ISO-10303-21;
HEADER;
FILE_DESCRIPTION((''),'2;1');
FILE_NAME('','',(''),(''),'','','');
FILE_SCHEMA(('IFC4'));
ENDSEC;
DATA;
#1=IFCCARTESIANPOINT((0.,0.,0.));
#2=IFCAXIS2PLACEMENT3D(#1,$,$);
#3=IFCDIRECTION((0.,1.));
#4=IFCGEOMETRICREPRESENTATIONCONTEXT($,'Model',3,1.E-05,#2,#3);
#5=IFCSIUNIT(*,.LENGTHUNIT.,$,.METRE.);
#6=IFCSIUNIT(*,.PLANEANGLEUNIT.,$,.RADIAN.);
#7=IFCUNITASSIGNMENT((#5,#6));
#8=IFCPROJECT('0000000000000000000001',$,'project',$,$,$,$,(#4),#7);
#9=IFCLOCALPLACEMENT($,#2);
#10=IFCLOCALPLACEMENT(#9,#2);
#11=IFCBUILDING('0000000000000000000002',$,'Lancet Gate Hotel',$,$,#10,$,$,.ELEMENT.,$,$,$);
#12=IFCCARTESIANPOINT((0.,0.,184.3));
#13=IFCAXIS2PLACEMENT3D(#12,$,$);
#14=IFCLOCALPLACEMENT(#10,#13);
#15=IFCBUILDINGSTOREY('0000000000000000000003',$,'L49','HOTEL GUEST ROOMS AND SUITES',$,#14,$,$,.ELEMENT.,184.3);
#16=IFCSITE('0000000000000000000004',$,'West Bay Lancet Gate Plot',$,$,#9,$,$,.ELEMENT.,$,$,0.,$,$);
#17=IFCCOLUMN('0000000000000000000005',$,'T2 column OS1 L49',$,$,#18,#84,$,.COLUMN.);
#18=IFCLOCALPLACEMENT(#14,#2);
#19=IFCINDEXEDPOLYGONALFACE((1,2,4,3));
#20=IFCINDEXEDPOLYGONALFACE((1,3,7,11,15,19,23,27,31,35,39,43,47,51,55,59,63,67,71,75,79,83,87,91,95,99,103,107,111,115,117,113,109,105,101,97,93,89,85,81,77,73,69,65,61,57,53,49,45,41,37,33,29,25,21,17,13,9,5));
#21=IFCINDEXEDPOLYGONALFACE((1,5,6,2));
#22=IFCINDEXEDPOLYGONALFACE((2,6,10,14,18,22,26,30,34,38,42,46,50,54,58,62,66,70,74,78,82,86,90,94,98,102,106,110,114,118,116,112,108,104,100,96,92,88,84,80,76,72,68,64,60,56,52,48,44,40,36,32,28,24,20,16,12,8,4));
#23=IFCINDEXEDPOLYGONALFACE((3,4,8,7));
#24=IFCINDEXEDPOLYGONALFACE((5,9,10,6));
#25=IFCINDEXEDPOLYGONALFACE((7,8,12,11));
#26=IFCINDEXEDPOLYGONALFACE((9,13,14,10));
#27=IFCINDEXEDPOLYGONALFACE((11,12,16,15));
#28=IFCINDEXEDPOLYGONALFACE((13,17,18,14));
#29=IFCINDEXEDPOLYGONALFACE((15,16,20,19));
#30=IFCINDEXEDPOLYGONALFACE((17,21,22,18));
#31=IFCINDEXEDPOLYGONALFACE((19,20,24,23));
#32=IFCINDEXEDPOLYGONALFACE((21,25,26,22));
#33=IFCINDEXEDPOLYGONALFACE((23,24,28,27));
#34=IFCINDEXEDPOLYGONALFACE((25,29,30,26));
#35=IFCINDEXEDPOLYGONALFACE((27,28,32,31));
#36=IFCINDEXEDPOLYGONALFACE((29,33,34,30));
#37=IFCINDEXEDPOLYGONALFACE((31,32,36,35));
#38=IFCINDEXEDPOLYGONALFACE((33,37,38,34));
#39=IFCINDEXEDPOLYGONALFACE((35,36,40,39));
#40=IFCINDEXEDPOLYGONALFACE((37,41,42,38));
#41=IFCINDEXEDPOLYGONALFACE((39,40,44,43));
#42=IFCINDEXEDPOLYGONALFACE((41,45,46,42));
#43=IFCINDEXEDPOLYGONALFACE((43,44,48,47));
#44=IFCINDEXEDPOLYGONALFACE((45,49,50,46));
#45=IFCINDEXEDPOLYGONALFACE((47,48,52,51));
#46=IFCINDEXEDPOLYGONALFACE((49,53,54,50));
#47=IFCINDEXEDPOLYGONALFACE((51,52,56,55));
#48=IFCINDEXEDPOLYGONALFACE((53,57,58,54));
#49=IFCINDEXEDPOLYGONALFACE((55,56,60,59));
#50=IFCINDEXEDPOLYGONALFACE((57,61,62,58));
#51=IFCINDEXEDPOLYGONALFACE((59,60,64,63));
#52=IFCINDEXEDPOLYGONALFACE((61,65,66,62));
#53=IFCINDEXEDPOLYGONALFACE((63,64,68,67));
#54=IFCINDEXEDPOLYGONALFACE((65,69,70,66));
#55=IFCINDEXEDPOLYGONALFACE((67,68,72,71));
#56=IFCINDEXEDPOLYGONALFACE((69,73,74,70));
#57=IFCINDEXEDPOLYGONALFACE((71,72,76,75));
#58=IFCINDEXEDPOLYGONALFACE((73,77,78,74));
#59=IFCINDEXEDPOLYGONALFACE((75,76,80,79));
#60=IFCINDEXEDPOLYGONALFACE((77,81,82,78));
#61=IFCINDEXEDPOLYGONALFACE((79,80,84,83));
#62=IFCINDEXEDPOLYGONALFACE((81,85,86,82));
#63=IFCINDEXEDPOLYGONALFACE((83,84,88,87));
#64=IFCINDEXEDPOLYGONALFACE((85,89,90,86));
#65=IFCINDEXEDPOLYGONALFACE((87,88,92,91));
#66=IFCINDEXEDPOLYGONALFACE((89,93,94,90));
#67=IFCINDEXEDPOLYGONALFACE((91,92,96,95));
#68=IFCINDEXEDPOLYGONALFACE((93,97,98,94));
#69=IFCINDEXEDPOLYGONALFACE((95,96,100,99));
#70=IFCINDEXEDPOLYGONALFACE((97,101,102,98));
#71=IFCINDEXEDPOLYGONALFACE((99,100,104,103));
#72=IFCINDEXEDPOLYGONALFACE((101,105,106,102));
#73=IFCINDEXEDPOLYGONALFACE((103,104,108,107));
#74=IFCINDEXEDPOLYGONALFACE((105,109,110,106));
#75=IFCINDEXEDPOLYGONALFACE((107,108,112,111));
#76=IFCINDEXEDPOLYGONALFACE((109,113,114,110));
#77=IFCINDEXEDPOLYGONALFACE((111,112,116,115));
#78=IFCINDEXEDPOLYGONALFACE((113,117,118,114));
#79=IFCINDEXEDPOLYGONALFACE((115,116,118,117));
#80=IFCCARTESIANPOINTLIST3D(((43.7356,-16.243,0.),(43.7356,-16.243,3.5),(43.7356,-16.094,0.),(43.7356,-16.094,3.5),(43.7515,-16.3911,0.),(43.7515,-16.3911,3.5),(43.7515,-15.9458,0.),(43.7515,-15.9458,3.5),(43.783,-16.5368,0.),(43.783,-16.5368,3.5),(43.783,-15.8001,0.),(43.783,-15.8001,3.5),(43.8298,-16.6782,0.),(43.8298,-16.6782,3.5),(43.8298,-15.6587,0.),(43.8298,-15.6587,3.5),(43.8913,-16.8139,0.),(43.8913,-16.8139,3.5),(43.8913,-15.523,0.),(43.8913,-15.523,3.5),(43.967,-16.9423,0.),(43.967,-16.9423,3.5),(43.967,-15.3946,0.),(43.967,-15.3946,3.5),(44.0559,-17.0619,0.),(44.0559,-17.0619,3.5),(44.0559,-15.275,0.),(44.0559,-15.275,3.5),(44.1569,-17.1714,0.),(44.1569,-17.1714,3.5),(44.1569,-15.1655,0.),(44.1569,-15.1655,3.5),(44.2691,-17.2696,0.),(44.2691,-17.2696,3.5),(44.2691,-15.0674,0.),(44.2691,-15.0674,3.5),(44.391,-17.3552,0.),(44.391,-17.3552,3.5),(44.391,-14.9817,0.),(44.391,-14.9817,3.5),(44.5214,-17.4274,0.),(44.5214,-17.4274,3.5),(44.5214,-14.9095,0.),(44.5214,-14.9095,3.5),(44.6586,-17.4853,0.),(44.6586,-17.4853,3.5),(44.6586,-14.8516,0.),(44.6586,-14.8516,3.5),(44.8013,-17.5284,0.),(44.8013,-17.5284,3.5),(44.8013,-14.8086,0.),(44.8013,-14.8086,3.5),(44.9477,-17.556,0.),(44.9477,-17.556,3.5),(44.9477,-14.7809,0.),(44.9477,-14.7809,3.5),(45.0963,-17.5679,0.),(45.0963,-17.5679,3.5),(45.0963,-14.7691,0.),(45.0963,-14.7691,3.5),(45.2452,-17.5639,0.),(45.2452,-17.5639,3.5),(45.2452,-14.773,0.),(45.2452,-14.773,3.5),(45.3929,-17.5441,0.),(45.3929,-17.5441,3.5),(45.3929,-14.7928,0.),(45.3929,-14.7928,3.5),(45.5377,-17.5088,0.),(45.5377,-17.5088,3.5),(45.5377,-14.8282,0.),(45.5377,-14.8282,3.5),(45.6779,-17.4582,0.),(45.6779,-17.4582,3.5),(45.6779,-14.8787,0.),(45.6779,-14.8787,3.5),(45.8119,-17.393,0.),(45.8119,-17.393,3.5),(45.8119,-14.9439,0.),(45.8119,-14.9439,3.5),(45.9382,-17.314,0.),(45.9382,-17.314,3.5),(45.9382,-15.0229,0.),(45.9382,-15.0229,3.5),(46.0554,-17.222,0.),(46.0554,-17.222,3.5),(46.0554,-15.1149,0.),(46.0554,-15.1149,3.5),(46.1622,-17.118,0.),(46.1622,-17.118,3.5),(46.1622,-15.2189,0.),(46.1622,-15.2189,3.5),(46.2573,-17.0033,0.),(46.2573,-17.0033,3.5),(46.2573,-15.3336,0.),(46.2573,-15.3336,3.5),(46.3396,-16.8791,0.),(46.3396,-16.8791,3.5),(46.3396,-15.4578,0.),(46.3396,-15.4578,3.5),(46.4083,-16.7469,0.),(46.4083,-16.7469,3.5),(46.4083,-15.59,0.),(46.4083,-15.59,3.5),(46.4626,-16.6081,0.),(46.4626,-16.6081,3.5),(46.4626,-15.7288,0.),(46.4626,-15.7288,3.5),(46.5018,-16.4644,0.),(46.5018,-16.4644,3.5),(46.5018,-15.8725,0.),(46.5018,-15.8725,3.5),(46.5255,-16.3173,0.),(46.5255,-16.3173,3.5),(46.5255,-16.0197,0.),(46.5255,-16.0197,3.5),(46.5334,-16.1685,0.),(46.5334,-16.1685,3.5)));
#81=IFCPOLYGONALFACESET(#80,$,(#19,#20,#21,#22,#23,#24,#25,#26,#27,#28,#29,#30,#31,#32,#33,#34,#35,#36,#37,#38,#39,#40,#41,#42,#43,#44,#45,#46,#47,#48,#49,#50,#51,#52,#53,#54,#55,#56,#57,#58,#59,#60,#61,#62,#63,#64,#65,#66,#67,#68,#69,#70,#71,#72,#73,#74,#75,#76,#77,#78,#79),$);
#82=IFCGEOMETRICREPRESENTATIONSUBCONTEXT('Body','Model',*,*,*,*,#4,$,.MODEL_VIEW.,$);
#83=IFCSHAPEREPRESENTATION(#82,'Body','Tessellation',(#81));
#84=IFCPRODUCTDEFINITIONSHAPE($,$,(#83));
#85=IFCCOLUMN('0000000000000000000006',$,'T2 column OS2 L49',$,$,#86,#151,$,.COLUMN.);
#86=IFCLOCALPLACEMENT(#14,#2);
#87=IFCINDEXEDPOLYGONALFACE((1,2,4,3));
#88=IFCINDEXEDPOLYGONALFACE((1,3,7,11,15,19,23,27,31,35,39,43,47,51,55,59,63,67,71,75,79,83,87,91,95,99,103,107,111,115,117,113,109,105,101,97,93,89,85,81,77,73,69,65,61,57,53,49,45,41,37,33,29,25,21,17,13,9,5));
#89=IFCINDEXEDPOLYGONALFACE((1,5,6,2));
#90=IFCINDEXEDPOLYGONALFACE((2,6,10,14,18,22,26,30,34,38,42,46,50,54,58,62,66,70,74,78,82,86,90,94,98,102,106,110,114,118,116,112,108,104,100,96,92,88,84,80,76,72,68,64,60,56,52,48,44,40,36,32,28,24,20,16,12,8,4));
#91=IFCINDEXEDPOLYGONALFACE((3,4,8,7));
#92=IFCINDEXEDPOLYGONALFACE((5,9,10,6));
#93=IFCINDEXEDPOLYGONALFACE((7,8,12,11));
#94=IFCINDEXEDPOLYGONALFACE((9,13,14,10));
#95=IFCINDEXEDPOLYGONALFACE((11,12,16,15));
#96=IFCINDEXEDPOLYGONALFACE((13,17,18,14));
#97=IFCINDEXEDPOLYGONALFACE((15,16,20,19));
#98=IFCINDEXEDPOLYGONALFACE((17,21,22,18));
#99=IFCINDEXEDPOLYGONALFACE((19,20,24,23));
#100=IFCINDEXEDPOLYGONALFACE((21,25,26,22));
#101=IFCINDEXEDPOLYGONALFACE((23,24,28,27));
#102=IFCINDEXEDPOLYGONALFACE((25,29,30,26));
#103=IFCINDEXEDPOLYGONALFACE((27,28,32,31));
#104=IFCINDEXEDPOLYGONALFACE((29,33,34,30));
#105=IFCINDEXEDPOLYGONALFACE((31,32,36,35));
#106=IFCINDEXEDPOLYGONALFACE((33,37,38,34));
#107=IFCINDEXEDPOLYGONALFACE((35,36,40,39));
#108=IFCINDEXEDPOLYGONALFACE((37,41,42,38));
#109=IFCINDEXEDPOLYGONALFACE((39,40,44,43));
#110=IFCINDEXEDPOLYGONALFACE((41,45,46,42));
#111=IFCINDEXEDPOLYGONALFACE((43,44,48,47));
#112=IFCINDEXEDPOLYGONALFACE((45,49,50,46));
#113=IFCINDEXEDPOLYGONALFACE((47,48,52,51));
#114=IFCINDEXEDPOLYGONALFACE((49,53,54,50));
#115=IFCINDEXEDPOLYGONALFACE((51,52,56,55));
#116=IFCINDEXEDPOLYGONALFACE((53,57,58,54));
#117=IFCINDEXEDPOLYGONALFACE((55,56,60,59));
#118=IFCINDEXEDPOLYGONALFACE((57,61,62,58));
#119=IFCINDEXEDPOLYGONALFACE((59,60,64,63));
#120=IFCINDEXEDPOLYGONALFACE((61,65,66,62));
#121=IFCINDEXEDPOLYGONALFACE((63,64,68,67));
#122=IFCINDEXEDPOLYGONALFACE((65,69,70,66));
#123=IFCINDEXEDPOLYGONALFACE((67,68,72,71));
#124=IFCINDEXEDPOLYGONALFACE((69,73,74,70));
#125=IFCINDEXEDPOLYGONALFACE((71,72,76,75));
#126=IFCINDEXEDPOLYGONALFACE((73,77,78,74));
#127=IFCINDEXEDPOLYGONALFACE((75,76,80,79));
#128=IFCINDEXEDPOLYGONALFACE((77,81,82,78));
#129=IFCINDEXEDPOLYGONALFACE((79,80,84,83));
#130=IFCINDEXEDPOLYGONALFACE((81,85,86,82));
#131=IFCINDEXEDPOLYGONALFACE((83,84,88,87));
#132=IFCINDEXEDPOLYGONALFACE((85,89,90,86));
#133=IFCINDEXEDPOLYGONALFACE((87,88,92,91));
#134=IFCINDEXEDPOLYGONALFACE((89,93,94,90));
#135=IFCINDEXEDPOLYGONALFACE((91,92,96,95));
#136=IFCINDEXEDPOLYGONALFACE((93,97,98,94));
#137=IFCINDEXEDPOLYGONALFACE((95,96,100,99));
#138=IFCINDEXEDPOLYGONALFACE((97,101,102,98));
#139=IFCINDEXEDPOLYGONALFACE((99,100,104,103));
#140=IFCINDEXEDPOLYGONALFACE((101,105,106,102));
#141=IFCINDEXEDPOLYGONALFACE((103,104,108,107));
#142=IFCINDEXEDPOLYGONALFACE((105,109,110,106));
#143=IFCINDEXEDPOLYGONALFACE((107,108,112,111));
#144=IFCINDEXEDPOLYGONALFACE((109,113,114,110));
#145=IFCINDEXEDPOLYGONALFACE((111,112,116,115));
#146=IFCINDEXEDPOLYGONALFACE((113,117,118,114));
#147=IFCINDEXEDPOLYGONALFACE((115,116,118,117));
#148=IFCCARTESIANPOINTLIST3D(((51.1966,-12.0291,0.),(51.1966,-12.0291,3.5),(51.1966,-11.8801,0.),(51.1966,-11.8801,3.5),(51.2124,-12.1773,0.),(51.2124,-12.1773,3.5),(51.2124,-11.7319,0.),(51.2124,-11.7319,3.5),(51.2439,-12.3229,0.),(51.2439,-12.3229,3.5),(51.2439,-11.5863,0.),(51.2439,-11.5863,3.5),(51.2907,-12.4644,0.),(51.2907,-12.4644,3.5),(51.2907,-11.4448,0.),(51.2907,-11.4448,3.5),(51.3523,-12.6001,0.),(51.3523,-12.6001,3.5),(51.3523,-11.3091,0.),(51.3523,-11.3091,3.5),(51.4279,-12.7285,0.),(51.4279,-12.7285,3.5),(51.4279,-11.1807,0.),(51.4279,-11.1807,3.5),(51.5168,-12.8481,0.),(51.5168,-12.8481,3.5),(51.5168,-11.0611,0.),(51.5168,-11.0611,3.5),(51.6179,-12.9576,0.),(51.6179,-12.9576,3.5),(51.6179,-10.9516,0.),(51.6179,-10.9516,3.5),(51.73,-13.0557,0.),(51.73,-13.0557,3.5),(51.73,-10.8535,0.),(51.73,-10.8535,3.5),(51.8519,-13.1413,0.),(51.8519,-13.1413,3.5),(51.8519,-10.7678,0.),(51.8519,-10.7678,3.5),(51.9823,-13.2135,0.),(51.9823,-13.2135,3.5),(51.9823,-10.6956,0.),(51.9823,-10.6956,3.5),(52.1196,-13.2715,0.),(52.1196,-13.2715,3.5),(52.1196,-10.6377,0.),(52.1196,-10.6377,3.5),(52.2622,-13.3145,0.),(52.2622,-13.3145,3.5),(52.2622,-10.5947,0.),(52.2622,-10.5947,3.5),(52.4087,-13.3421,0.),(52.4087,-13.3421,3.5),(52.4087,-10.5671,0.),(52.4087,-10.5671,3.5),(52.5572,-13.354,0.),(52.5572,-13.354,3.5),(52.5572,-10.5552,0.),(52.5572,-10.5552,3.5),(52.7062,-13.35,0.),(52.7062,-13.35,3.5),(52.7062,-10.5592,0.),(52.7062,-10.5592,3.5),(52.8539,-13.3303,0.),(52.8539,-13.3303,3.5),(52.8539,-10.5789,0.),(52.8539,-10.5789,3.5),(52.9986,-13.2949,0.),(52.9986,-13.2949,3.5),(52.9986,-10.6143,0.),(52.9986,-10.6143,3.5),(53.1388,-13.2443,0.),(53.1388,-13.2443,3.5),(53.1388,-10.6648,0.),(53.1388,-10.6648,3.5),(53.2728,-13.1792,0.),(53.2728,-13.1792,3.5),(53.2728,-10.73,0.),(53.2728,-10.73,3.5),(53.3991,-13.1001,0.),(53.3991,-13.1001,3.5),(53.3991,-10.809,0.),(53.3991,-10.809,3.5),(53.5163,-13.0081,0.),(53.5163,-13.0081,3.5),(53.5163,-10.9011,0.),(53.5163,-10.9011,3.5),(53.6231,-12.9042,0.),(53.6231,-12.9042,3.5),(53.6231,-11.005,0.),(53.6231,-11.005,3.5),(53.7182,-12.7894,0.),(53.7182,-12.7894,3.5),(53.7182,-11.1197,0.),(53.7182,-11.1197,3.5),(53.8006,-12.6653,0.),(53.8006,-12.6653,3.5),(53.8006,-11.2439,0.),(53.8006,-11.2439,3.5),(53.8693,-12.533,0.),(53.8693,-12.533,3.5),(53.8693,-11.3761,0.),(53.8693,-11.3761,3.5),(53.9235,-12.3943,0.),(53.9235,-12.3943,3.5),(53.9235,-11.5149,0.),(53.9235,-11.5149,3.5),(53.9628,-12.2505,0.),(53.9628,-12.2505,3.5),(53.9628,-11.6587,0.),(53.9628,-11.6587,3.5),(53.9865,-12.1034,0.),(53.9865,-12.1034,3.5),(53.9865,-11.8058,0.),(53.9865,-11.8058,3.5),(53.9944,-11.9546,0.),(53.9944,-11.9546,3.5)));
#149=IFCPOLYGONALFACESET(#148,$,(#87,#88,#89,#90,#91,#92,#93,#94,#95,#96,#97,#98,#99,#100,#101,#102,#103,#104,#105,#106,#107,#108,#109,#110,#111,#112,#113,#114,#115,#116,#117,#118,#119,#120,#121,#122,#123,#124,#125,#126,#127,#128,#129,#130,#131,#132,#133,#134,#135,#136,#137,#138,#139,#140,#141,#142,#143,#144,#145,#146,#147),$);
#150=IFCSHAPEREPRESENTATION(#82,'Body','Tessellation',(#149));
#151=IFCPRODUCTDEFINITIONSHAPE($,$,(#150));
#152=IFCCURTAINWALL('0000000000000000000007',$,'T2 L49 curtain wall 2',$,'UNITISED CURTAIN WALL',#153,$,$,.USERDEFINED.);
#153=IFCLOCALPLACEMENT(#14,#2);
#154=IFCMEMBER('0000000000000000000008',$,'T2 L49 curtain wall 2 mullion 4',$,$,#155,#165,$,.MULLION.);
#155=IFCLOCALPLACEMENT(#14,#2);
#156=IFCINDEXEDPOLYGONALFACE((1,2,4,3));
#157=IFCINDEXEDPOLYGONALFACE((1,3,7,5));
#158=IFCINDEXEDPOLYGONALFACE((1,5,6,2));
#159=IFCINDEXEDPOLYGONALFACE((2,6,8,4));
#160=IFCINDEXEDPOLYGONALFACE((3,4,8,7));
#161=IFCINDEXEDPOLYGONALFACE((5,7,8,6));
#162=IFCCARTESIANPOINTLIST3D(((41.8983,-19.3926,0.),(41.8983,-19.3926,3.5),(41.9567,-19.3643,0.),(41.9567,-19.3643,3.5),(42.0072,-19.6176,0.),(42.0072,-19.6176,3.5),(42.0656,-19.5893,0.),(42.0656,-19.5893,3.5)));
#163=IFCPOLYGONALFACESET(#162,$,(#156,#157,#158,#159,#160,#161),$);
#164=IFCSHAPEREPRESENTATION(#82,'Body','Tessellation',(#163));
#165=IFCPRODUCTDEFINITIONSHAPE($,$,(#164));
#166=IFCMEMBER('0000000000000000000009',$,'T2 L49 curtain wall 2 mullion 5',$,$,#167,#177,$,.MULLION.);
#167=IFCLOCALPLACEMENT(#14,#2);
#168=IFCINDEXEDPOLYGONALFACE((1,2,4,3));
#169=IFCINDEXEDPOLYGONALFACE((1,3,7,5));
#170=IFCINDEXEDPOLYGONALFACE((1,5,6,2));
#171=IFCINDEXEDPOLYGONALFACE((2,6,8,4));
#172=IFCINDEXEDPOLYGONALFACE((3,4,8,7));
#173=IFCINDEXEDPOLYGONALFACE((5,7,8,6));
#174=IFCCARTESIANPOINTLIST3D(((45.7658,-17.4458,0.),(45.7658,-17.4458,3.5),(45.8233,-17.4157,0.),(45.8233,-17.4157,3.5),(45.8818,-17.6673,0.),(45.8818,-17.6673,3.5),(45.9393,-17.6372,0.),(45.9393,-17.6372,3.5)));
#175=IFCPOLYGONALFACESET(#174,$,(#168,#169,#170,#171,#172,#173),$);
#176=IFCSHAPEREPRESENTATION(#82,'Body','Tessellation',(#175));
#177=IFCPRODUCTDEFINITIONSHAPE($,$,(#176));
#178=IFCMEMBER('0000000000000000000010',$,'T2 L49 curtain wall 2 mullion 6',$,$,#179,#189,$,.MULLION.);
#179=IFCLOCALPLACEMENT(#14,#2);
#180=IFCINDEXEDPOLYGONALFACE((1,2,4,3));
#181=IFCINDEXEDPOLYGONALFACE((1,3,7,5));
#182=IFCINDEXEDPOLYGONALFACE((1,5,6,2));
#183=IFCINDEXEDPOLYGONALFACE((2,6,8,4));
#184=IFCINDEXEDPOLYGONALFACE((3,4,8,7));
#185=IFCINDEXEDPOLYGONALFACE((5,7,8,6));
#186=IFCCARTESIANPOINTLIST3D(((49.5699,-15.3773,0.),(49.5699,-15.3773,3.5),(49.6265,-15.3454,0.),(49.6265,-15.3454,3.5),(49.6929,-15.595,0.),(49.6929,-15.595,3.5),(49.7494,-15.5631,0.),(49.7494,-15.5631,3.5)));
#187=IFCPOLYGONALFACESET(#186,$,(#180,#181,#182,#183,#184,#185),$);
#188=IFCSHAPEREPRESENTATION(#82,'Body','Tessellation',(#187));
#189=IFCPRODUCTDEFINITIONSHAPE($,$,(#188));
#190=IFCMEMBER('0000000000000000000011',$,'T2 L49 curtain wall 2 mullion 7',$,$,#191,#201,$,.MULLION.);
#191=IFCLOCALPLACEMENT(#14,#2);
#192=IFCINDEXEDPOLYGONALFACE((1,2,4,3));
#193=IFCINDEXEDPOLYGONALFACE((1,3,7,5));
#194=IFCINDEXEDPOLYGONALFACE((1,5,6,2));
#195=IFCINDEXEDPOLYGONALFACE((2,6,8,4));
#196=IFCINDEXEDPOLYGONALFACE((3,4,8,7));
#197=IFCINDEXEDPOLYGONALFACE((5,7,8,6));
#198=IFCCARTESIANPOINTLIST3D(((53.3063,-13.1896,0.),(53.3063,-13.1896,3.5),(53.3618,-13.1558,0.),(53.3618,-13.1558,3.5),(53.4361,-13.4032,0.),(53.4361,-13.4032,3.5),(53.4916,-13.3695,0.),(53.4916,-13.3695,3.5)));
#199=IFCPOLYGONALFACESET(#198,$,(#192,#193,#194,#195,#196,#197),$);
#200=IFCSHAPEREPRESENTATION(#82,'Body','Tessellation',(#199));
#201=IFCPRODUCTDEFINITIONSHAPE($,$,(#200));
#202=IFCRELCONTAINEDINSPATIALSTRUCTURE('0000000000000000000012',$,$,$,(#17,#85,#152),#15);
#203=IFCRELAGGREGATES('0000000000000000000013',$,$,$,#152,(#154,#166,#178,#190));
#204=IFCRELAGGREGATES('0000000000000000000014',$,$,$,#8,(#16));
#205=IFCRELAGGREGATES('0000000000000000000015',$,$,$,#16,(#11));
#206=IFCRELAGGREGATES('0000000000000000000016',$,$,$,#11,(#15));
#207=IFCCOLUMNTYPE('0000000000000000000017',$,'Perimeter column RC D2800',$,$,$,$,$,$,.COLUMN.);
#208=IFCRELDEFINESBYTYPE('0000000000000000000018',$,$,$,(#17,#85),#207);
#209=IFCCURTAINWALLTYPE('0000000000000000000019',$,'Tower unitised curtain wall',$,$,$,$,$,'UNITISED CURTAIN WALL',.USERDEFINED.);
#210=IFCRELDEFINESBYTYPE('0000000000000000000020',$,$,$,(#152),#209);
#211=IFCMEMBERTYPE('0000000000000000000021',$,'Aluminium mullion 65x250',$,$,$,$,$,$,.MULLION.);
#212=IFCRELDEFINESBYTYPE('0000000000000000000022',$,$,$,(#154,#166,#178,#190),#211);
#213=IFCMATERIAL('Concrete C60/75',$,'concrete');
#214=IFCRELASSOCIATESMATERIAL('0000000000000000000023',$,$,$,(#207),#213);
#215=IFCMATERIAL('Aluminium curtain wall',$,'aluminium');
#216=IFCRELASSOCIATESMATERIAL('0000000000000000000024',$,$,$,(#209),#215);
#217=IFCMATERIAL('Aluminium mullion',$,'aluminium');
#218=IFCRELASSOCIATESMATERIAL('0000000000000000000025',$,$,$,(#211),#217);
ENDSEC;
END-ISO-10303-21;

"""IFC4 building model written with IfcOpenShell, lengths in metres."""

from ifc_helpers import new_model, si_unit, direction, frame, origin, origin_2d, place, context, subcontext, project, spatial, rectangle, circle, extrude, material, material_profile, profile_set, type_object, element, aggregate, save


model = new_model("IFC4")

# Units and contexts
model_context = context("Model", 3, precision=1e-05, world=origin(), true_north=direction((0.0, 1.0)))
body_context = subcontext(model_context, "Body", "Model", "MODEL_VIEW")
ifc_project = project(units=[si_unit("LENGTHUNIT", "METRE"), si_unit("PLANEANGLEUNIT", "RADIAN")], contexts=[model_context])

# Site, building, storey
site_placement = place(None, origin())
site = spatial("IfcSite", under=ifc_project, at=site_placement, Name="West Bay Lancet Gate Plot", CompositionType="ELEMENT", RefElevation=0.0)
building_placement = place(site_placement, origin())
building = spatial("IfcBuilding", under=site, at=building_placement, Name="Lancet Gate Hotel", CompositionType="ELEMENT")
storey_placement = place(building_placement, frame((0.0, 0.0, 184.3)))
storey = spatial("IfcBuildingStorey", under=building, at=storey_placement, Name="L49", Description="HOTEL GUEST ROOMS AND SUITES", CompositionType="ELEMENT", Elevation=184.3)

# Columns
ifc_material_1 = material(Name="Concrete C60/75", Category="concrete")
ifc_material_profile_1 = material_profile(ifc_material_1, circle(Radius=1.3999, at=origin_2d()), Name="RC D2800")
ifc_profile_set_1 = profile_set([ifc_material_profile_1], Name="Concrete C60/75")
column_type = type_object("IfcColumnType", Name="Perimeter column RC D2800", PredefinedType="COLUMN", material=ifc_profile_set_1)
for number, where, z_axis, x_axis, name in (
    (1, (45.1335, -16.1685, 0.0), (0.0, 0.0, 1.0), (1.0, 0.0, 0.0), "T2 column OS1 L49"),
    (2, (52.5945, -11.9546, 0.0), (0.0, 0.0, 1.0), (1.0, 0.0, 0.0), "T2 column OS2 L49"),
):
    element("IfcColumn", number, at=place(storey_placement, frame(where, z_axis=z_axis, x_axis=x_axis)), inside=storey, type_object=column_type, Name=name, PredefinedType="COLUMN", context=body_context, shape_type="SweptSolid", body=[
        extrude(circle(Radius=1.3999, at=origin_2d()), origin(), (0.0, 0.0, 1.0), 3.5),
    ])

# Curtain wall, members
ifc_material_2 = material(Name="Aluminium curtain wall", Category="aluminium")
curtain_wall_type = type_object("IfcCurtainWallType", Name="Tower unitised curtain wall", ElementType="UNITISED CURTAIN WALL", PredefinedType="USERDEFINED", material=ifc_material_2)
curtain_wall_placement = place(storey_placement, origin())
curtain_wall = element("IfcCurtainWall", 3, at=curtain_wall_placement, inside=storey, type_object=curtain_wall_type, Name="T2 L49 curtain wall 2", ObjectType="UNITISED CURTAIN WALL", PredefinedType="USERDEFINED")
ifc_material_3 = material(Name="Aluminium mullion", Category="aluminium")
ifc_material_profile_2 = material_profile(ifc_material_3, rectangle(XDim=0.0649, YDim=0.25, at=origin_2d()), Name="MULLION 65x250")
ifc_profile_set_2 = profile_set([ifc_material_profile_2], Name="Aluminium mullion")
member_type_1 = type_object("IfcMemberType", Name="Aluminium mullion 65x250", PredefinedType="MULLION", material=ifc_profile_set_2)
member_1_placement = place(storey_placement, frame((41.9819, -19.491, 0.0), z_axis=(0.0, 0.0, 1.0), x_axis=(0.900141, 0.435598, 0.0)))
member_1 = element("IfcMember", 4, at=member_1_placement, type_object=member_type_1, Name="T2 L49 curtain wall 2 mullion 4", PredefinedType="MULLION", context=body_context, shape_type="SweptSolid", body=[
    extrude(rectangle(XDim=0.0649, YDim=0.25, at=origin_2d()), origin(), (0.0, 0.0, 1.0), 3.5),
])
member_2_placement = place(storey_placement, frame((45.8525, -17.5415, 0.0), z_axis=(0.0, 0.0, 1.0), x_axis=(0.885877, 0.46392, 0.0)))
member_2 = element("IfcMember", 5, at=member_2_placement, type_object=member_type_1, Name="T2 L49 curtain wall 2 mullion 5", PredefinedType="MULLION", context=body_context, shape_type="SweptSolid", body=[
    extrude(rectangle(XDim=0.0649, YDim=0.25, at=origin_2d()), origin(), (0.0, 0.0, 1.0), 3.5),
])
member_3_placement = place(storey_placement, frame((49.6597, -15.4702, 0.0), z_axis=(0.0, 0.0, 1.0), x_axis=(0.870722, 0.491776, 0.0)))
member_3 = element("IfcMember", 6, at=member_3_placement, type_object=member_type_1, Name="T2 L49 curtain wall 2 mullion 6", PredefinedType="MULLION", context=body_context, shape_type="SweptSolid", body=[
    extrude(rectangle(XDim=0.0649, YDim=0.25, at=origin_2d()), origin(), (0.0, 0.0, 1.0), 3.5),
])
member_4_placement = place(storey_placement, frame((53.3989, -13.2795, 0.0), z_axis=(0.0, 0.0, 1.0), x_axis=(0.854691, 0.519137, 0.0)))
member_4 = element("IfcMember", 7, at=member_4_placement, type_object=member_type_1, Name="T2 L49 curtain wall 2 mullion 7", PredefinedType="MULLION", context=body_context, shape_type="SweptSolid", body=[
    extrude(rectangle(XDim=0.0649, YDim=0.25, at=origin_2d()), origin(), (0.0, 0.0, 1.0), 3.5),
])

aggregate(curtain_wall, [member_1, member_2, member_3, member_4])

save(model, "model.ifc")
